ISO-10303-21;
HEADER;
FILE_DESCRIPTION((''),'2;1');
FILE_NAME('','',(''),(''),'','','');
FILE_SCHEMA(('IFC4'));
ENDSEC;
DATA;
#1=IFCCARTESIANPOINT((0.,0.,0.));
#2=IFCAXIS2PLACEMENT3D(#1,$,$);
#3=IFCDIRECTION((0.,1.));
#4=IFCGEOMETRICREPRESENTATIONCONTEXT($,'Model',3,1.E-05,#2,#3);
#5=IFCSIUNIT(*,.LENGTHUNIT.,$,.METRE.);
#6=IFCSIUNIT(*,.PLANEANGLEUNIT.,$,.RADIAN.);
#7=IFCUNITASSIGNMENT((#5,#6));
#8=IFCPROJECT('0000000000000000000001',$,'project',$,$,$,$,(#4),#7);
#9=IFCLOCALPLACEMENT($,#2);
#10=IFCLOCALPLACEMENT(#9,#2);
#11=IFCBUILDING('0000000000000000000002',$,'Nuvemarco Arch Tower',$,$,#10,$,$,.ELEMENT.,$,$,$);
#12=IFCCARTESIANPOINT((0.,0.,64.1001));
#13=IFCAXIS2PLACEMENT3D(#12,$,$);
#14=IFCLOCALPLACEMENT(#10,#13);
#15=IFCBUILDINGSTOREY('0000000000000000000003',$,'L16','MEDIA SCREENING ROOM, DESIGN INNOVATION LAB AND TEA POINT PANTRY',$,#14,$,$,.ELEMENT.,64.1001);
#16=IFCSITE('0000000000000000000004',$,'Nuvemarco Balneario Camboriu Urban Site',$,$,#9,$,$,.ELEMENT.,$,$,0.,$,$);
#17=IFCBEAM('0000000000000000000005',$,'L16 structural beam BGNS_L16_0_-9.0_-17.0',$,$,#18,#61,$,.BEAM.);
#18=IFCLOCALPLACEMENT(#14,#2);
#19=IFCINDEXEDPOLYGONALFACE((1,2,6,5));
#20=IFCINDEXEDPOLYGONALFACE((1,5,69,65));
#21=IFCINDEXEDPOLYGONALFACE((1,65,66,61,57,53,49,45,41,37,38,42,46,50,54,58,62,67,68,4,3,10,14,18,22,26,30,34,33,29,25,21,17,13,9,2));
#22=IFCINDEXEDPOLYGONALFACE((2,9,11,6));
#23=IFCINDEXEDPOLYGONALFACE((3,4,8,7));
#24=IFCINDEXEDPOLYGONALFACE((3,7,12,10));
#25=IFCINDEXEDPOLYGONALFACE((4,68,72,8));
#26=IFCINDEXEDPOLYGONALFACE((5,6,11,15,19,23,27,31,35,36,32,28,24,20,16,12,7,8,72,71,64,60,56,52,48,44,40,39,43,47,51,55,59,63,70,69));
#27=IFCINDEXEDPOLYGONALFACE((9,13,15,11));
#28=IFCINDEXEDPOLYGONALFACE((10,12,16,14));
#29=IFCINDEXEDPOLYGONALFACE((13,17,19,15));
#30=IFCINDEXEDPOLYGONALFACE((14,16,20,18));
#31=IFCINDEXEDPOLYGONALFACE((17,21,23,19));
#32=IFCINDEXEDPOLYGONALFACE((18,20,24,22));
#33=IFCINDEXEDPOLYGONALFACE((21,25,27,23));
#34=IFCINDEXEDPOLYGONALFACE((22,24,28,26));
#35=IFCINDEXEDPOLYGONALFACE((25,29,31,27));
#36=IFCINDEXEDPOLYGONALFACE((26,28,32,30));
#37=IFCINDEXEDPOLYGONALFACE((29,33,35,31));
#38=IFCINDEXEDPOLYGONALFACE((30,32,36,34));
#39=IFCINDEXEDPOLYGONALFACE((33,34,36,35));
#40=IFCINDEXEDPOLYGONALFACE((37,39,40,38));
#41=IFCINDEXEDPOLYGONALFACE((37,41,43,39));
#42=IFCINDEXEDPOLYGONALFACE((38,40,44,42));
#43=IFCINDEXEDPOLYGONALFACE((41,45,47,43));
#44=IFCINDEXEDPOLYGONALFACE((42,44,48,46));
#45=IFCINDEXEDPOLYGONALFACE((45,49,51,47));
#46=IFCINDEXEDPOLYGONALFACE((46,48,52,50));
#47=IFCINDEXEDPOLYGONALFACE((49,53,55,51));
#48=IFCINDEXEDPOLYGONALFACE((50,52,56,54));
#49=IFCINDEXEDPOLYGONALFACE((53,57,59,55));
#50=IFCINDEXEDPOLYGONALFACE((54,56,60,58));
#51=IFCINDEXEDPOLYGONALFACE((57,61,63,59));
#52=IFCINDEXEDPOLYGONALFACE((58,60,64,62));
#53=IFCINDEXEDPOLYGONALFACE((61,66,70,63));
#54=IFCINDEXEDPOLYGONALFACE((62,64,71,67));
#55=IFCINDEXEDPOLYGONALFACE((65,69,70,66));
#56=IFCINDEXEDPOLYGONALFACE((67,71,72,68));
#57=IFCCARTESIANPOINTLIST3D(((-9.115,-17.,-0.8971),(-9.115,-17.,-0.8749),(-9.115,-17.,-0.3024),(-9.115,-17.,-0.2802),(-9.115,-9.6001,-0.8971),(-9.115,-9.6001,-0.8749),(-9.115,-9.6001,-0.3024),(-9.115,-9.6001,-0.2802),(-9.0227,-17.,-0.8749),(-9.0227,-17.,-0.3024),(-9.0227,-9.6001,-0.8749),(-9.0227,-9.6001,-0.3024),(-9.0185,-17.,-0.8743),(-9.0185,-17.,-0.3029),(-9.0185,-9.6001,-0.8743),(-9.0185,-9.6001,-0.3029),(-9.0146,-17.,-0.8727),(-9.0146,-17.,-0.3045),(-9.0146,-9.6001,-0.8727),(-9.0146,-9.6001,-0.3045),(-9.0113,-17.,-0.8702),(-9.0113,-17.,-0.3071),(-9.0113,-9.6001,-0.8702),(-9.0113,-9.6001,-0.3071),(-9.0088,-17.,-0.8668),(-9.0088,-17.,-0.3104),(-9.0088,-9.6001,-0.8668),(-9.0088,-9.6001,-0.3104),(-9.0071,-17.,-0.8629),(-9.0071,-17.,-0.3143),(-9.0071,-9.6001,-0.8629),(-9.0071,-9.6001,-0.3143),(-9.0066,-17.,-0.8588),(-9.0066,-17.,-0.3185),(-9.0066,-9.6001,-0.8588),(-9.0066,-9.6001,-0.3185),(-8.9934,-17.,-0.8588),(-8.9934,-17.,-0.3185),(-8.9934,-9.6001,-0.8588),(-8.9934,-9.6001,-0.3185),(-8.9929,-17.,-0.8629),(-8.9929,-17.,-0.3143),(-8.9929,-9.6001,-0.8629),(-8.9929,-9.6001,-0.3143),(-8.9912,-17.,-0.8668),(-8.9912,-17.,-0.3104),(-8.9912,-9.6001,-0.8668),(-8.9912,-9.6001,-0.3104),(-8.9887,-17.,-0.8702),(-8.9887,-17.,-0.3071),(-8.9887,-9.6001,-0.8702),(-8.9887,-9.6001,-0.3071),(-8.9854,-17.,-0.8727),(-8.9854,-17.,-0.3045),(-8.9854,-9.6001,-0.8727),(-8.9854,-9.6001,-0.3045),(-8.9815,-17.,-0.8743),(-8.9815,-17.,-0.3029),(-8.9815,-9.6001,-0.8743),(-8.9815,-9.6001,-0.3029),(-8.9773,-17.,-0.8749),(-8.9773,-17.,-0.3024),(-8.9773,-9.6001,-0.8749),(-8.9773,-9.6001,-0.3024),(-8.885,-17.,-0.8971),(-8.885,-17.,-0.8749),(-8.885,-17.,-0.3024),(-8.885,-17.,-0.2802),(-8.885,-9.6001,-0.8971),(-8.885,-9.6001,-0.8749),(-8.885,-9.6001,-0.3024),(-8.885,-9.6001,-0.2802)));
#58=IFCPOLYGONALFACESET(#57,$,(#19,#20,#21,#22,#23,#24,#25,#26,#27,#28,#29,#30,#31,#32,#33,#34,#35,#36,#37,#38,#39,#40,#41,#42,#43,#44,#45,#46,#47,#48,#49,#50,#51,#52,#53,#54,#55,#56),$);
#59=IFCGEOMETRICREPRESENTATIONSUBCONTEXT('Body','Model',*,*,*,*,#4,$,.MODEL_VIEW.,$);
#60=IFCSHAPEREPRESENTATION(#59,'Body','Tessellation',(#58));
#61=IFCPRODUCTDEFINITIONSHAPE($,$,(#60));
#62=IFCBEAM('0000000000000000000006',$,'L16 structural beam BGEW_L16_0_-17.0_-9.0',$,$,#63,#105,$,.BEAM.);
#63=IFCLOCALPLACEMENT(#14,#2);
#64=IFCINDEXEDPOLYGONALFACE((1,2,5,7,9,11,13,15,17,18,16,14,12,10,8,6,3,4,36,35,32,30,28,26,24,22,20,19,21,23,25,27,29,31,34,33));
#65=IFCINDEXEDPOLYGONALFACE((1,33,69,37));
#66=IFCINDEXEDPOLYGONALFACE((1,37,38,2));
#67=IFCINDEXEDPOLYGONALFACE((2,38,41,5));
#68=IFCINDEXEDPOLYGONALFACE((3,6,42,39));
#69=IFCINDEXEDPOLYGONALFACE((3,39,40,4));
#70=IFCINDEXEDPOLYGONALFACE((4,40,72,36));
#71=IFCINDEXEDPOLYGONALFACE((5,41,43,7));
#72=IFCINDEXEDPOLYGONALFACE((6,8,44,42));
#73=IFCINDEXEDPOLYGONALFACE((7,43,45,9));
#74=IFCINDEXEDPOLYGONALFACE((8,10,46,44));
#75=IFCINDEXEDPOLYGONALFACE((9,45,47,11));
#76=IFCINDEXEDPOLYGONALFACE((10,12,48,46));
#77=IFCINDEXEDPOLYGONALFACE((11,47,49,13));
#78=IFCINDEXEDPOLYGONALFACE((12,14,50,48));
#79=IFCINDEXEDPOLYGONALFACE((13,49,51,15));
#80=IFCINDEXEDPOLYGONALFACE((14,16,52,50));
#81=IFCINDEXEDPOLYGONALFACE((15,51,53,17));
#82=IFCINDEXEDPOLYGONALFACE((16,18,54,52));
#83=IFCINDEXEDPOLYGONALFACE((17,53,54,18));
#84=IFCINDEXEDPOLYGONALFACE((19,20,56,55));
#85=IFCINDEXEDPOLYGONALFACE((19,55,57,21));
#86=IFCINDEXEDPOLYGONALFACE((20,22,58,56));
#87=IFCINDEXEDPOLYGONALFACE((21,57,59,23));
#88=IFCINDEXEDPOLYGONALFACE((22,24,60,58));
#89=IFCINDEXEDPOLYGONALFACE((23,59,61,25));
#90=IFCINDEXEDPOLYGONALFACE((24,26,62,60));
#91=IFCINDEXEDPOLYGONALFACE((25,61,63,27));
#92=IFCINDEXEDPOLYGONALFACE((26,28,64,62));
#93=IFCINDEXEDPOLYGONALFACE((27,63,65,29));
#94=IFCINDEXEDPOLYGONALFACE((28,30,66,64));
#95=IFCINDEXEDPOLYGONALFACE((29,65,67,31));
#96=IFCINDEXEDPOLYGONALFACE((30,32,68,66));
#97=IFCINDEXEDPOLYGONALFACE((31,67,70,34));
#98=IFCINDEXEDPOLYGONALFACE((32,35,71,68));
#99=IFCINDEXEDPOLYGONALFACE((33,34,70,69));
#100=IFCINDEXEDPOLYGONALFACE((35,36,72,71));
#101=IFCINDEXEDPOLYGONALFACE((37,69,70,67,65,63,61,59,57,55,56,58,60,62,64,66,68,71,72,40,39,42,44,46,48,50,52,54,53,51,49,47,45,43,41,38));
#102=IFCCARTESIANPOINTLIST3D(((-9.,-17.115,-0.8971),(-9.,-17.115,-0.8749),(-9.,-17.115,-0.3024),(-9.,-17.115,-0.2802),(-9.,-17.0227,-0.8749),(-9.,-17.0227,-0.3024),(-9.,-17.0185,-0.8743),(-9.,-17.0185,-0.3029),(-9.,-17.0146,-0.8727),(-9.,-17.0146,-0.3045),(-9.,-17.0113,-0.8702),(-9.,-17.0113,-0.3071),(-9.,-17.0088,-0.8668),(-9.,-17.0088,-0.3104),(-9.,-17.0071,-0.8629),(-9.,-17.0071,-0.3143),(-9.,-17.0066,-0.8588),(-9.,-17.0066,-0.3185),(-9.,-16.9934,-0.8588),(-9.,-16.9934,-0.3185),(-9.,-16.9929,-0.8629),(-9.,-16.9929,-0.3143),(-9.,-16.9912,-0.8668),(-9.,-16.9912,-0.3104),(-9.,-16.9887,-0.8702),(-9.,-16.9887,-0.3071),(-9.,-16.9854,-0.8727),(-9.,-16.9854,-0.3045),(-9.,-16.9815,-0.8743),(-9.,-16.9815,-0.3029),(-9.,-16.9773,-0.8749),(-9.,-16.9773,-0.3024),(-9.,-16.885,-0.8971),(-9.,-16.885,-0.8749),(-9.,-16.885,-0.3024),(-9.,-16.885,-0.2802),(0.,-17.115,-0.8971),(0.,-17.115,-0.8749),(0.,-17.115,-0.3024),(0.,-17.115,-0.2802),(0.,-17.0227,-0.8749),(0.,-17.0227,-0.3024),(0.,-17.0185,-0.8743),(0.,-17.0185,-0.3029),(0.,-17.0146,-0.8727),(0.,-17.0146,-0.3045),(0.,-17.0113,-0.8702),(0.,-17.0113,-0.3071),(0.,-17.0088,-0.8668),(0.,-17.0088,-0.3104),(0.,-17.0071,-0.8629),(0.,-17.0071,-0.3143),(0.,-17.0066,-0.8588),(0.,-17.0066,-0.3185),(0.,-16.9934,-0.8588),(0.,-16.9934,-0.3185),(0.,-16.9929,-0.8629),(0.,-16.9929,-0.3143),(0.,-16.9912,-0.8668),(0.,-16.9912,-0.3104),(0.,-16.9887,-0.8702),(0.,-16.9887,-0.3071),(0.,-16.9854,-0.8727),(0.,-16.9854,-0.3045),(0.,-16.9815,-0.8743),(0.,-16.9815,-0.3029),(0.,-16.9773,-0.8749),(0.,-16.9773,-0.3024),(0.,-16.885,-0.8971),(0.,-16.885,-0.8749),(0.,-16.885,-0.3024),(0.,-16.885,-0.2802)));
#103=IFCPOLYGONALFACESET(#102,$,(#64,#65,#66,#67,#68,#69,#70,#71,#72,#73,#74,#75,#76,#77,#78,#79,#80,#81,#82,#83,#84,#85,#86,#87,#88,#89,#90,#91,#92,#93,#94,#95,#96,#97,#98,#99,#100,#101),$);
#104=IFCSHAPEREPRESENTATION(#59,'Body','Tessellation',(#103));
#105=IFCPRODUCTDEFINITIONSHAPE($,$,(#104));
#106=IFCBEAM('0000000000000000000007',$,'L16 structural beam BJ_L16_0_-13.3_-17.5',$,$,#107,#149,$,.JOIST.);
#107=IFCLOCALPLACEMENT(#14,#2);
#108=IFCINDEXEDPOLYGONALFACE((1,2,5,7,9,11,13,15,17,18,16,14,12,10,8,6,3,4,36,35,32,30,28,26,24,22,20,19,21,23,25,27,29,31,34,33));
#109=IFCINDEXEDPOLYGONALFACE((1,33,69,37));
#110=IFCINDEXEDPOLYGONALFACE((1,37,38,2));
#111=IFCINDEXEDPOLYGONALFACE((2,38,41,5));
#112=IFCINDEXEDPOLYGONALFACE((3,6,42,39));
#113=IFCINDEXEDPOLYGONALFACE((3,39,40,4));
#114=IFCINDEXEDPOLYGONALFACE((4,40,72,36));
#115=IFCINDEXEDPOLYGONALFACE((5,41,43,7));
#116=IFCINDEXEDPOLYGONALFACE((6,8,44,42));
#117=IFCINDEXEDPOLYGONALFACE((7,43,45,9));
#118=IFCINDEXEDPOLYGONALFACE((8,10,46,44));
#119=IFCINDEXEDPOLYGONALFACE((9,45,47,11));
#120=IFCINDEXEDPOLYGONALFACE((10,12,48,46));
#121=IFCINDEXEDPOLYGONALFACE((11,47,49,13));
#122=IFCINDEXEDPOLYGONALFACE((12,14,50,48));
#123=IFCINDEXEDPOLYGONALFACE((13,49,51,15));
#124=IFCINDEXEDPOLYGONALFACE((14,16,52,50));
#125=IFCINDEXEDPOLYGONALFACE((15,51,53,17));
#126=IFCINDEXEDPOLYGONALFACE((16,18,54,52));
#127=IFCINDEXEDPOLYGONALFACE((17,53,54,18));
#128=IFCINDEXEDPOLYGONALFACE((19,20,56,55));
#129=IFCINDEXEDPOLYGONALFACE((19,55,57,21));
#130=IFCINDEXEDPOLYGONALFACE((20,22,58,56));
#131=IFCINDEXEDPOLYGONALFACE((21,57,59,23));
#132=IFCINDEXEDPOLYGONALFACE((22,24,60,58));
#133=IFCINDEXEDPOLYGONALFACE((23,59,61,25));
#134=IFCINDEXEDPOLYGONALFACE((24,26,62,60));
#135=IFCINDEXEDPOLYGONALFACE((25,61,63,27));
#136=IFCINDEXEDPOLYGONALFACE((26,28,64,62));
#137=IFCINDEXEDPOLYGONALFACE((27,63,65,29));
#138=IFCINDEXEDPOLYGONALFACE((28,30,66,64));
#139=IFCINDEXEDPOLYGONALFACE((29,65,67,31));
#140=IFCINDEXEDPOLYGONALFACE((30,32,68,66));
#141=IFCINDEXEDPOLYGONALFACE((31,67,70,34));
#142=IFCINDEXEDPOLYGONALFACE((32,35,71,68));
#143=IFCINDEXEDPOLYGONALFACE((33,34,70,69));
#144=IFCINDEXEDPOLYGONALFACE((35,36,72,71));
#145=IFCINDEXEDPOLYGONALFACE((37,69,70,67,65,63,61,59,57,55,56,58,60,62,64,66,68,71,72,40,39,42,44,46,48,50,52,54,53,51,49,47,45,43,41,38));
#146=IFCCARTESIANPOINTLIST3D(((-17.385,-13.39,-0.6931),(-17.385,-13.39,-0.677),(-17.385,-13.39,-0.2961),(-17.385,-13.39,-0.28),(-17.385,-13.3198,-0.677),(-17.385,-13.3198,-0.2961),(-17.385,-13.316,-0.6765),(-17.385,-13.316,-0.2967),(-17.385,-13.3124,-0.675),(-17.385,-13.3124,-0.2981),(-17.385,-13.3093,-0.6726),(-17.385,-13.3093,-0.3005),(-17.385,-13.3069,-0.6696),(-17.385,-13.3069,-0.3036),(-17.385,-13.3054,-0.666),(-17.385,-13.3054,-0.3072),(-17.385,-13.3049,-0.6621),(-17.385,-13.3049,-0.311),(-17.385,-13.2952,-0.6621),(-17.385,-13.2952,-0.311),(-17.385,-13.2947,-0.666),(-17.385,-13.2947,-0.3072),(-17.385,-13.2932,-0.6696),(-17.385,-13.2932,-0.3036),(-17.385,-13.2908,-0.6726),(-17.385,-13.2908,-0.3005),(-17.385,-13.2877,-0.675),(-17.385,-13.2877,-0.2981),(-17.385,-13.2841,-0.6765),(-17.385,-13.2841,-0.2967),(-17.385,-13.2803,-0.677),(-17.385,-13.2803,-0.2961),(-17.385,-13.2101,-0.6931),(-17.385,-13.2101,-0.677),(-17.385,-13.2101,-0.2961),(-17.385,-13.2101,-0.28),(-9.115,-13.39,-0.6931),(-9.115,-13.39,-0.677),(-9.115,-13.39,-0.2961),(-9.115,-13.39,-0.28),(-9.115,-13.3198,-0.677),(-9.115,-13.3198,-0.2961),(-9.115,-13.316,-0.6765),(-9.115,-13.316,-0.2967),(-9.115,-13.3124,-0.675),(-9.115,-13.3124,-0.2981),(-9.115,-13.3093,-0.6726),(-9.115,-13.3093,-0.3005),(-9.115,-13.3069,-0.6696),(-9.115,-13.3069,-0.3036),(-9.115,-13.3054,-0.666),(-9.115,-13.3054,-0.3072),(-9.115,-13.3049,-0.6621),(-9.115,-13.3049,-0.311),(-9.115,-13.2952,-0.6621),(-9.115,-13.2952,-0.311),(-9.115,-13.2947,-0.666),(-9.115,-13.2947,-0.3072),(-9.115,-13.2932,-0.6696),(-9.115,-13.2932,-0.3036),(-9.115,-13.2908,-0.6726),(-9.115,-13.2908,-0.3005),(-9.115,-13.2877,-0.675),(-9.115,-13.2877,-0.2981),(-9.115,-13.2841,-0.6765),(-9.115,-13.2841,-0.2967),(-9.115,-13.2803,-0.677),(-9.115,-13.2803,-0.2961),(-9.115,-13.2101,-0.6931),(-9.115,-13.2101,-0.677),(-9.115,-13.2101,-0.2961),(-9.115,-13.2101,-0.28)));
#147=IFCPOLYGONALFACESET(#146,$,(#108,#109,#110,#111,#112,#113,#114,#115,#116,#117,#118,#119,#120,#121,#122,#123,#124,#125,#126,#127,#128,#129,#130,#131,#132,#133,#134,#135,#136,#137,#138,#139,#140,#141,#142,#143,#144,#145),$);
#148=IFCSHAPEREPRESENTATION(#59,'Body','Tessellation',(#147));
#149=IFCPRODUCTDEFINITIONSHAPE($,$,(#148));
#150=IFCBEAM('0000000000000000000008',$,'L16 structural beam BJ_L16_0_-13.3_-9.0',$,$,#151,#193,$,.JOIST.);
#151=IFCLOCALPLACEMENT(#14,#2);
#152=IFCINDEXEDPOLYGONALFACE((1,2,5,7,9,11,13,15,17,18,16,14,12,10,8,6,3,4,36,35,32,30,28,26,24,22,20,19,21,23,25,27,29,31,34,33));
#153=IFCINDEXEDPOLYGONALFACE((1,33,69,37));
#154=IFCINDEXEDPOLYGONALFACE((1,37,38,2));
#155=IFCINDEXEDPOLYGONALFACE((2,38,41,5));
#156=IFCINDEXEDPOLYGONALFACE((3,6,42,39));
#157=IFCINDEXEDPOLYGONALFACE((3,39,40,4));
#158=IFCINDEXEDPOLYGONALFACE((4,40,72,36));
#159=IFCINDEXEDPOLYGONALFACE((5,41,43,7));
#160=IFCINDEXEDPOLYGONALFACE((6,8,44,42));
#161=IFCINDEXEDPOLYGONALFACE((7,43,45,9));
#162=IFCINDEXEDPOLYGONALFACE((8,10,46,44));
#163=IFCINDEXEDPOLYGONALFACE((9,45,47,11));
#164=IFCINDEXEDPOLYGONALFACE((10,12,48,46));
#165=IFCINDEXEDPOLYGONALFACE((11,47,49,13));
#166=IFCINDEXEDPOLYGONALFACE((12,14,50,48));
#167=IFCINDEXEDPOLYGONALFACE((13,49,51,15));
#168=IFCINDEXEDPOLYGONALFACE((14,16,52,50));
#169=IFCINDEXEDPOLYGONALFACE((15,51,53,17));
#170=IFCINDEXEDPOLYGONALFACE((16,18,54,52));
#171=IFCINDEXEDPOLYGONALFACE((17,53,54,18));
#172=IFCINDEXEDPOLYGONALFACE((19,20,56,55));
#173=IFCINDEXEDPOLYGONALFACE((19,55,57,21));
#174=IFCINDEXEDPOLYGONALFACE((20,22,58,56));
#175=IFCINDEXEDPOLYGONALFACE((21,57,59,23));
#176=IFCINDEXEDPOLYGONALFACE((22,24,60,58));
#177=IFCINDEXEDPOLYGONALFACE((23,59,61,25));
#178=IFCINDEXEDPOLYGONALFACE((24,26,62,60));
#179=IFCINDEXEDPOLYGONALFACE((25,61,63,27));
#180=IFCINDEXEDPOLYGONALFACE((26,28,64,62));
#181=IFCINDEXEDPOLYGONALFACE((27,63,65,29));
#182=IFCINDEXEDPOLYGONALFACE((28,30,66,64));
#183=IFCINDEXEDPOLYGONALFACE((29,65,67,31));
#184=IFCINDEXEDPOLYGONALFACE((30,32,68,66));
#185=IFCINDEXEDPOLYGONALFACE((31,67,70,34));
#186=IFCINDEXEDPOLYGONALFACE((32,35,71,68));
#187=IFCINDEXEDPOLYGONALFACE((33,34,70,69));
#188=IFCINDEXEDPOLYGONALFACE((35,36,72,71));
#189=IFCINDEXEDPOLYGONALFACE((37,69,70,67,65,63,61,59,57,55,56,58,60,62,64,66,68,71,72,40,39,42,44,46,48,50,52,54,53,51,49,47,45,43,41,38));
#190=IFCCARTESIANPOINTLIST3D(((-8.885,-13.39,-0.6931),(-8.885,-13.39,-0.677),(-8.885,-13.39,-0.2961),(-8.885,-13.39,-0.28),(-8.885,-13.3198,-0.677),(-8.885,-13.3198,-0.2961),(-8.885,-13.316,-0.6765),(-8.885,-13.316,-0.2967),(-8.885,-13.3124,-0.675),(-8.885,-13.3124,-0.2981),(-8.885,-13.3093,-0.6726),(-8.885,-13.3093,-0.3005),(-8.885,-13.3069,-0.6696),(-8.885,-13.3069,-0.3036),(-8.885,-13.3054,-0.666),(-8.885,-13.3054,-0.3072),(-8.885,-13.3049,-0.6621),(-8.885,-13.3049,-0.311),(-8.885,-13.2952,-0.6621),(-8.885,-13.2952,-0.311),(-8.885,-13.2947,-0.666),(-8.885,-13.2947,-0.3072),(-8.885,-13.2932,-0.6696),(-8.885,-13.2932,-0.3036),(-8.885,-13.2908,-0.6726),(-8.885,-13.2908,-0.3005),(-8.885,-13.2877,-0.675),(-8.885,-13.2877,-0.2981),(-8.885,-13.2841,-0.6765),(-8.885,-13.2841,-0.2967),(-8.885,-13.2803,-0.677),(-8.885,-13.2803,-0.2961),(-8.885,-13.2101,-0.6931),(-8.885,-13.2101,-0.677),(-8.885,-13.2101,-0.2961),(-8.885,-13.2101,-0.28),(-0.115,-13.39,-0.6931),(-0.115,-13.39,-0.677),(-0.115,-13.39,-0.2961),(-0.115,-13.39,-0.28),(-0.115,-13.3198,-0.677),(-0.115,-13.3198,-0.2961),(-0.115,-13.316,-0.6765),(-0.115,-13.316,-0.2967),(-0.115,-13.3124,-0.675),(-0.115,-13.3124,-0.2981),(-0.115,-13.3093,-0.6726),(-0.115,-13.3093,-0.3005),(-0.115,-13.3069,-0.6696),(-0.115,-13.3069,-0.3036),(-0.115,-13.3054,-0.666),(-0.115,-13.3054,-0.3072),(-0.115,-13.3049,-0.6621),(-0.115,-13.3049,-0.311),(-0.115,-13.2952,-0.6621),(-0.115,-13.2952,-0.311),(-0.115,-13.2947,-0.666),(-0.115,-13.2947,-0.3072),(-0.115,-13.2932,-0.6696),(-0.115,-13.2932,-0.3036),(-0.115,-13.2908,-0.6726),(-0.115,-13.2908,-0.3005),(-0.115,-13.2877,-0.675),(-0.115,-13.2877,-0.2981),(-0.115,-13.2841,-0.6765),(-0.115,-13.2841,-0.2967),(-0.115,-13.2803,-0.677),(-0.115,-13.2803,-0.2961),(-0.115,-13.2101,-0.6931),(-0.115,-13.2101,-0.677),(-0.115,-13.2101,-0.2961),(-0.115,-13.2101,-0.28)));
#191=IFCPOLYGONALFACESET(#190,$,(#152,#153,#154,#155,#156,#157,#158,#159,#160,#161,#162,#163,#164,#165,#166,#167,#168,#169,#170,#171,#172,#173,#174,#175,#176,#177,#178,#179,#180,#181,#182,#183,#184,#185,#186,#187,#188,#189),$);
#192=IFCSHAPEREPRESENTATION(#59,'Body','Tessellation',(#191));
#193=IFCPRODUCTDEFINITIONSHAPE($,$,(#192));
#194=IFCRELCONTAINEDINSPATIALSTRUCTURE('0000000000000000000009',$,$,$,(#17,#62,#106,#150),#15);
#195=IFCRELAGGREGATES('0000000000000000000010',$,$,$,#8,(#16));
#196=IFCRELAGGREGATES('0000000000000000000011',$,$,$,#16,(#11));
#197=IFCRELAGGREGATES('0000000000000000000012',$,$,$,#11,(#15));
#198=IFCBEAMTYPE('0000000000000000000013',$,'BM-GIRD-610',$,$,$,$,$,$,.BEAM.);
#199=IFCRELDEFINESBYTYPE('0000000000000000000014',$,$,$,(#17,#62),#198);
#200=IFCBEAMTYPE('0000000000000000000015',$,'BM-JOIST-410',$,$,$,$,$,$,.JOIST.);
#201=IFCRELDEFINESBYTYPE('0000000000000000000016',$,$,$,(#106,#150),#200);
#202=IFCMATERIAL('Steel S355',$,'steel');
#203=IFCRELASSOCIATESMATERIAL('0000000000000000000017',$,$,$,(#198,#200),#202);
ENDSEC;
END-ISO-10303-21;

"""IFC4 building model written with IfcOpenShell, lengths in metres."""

from ifc_helpers import new_model, si_unit, direction, frame, origin, origin_2d, place, context, subcontext, project, spatial, i_section, extrude, material, material_profile, profile_set, type_object, element, save


model = new_model("IFC4")

# Units and contexts
model_context = context("Model", 3, precision=1e-05, world=origin(), true_north=direction((0.0, 1.0)))
body_context = subcontext(model_context, "Body", "Model", "MODEL_VIEW")
ifc_project = project(units=[si_unit("LENGTHUNIT", "METRE"), si_unit("PLANEANGLEUNIT", "RADIAN")], contexts=[model_context])

# Site, building, storey
site_placement = place(None, origin())
site = spatial("IfcSite", under=ifc_project, at=site_placement, Name="Nuvemarco Balneario Camboriu Urban Site", CompositionType="ELEMENT", RefElevation=0.0)
building_placement = place(site_placement, origin())
building = spatial("IfcBuilding", under=site, at=building_placement, Name="Nuvemarco Arch Tower", CompositionType="ELEMENT")
storey_placement = place(building_placement, frame((0.0, 0.0, 64.1001)))
storey = spatial("IfcBuildingStorey", under=building, at=storey_placement, Name="L16", Description="MEDIA SCREENING ROOM, DESIGN INNOVATION LAB AND TEA POINT PANTRY", CompositionType="ELEMENT", Elevation=64.1001)

# Shared definitions
ifc_material_1 = material(Name="Steel S355", Category="steel")

# Beams
ifc_material_profile_1 = material_profile(ifc_material_1, i_section(OverallWidth=0.23, OverallDepth=0.6169, WebThickness=0.0132, FlangeThickness=0.0222, FilletRadius=0.0161, at=origin_2d()), Name="W610x140")
ifc_profile_set_1 = profile_set([ifc_material_profile_1], Name="Steel S355")
beam_type_1 = type_object("IfcBeamType", Name="BM-GIRD-610", PredefinedType="BEAM", material=ifc_profile_set_1)
beam_1_placement = place(storey_placement, frame((-9.0, -17.0, -0.5886), z_axis=(0.0, 1.0, 0.0), x_axis=(-1.0, 0.0, 0.0)))
element("IfcBeam", 1, at=beam_1_placement, inside=storey, type_object=beam_type_1, Name="L16 structural beam BGNS_L16_0_-9.0_-17.0", PredefinedType="BEAM", context=body_context, shape_type="SweptSolid", body=[
    extrude(i_section(OverallWidth=0.23, OverallDepth=0.6169, WebThickness=0.0132, FlangeThickness=0.0222, FilletRadius=0.0161, at=origin_2d()), origin(), (0.0, 0.0, 1.0), 7.3999),
])
beam_2_placement = place(storey_placement, frame((-9.0, -17.0, -0.5886), z_axis=(1.0, 0.0, 0.0), x_axis=(0.0, 1.0, 0.0)))
element("IfcBeam", 2, at=beam_2_placement, inside=storey, type_object=beam_type_1, Name="L16 structural beam BGEW_L16_0_-17.0_-9.0", PredefinedType="BEAM", context=body_context, shape_type="SweptSolid", body=[
    extrude(i_section(OverallWidth=0.23, OverallDepth=0.6169, WebThickness=0.0132, FlangeThickness=0.0222, FilletRadius=0.0161, at=origin_2d()), origin(), (0.0, 0.0, 1.0), 9.0),
])
ifc_material_profile_2 = material_profile(ifc_material_1, i_section(OverallWidth=0.1799, OverallDepth=0.4131, WebThickness=0.0098, FlangeThickness=0.0161, FilletRadius=0.0149, at=origin_2d()), Name="W410x75")
ifc_profile_set_2 = profile_set([ifc_material_profile_2], Name="Steel S355")
beam_type_2 = type_object("IfcBeamType", Name="BM-JOIST-410", PredefinedType="JOIST", material=ifc_profile_set_2)
beam_3_placement = place(storey_placement, frame((-17.385, -13.3, -0.4866), z_axis=(1.0, 0.0, 0.0), x_axis=(0.0, 1.0, 0.0)))
element("IfcBeam", 3, at=beam_3_placement, inside=storey, type_object=beam_type_2, Name="L16 structural beam BJ_L16_0_-13.3_-17.5", PredefinedType="JOIST", context=body_context, shape_type="SweptSolid", body=[
    extrude(i_section(OverallWidth=0.1799, OverallDepth=0.4131, WebThickness=0.0098, FlangeThickness=0.0161, FilletRadius=0.0149, at=origin_2d()), origin(), (0.0, 0.0, 1.0), 8.27),
])
beam_4_placement = place(storey_placement, frame((-8.885, -13.3, -0.4866), z_axis=(1.0, 0.0, 0.0), x_axis=(0.0, 1.0, 0.0)))
element("IfcBeam", 4, at=beam_4_placement, inside=storey, type_object=beam_type_2, Name="L16 structural beam BJ_L16_0_-13.3_-9.0", PredefinedType="JOIST", context=body_context, shape_type="SweptSolid", body=[
    extrude(i_section(OverallWidth=0.1799, OverallDepth=0.4131, WebThickness=0.0098, FlangeThickness=0.0161, FilletRadius=0.0149, at=origin_2d()), origin(), (0.0, 0.0, 1.0), 8.77),
])

save(model, "model.ifc")
